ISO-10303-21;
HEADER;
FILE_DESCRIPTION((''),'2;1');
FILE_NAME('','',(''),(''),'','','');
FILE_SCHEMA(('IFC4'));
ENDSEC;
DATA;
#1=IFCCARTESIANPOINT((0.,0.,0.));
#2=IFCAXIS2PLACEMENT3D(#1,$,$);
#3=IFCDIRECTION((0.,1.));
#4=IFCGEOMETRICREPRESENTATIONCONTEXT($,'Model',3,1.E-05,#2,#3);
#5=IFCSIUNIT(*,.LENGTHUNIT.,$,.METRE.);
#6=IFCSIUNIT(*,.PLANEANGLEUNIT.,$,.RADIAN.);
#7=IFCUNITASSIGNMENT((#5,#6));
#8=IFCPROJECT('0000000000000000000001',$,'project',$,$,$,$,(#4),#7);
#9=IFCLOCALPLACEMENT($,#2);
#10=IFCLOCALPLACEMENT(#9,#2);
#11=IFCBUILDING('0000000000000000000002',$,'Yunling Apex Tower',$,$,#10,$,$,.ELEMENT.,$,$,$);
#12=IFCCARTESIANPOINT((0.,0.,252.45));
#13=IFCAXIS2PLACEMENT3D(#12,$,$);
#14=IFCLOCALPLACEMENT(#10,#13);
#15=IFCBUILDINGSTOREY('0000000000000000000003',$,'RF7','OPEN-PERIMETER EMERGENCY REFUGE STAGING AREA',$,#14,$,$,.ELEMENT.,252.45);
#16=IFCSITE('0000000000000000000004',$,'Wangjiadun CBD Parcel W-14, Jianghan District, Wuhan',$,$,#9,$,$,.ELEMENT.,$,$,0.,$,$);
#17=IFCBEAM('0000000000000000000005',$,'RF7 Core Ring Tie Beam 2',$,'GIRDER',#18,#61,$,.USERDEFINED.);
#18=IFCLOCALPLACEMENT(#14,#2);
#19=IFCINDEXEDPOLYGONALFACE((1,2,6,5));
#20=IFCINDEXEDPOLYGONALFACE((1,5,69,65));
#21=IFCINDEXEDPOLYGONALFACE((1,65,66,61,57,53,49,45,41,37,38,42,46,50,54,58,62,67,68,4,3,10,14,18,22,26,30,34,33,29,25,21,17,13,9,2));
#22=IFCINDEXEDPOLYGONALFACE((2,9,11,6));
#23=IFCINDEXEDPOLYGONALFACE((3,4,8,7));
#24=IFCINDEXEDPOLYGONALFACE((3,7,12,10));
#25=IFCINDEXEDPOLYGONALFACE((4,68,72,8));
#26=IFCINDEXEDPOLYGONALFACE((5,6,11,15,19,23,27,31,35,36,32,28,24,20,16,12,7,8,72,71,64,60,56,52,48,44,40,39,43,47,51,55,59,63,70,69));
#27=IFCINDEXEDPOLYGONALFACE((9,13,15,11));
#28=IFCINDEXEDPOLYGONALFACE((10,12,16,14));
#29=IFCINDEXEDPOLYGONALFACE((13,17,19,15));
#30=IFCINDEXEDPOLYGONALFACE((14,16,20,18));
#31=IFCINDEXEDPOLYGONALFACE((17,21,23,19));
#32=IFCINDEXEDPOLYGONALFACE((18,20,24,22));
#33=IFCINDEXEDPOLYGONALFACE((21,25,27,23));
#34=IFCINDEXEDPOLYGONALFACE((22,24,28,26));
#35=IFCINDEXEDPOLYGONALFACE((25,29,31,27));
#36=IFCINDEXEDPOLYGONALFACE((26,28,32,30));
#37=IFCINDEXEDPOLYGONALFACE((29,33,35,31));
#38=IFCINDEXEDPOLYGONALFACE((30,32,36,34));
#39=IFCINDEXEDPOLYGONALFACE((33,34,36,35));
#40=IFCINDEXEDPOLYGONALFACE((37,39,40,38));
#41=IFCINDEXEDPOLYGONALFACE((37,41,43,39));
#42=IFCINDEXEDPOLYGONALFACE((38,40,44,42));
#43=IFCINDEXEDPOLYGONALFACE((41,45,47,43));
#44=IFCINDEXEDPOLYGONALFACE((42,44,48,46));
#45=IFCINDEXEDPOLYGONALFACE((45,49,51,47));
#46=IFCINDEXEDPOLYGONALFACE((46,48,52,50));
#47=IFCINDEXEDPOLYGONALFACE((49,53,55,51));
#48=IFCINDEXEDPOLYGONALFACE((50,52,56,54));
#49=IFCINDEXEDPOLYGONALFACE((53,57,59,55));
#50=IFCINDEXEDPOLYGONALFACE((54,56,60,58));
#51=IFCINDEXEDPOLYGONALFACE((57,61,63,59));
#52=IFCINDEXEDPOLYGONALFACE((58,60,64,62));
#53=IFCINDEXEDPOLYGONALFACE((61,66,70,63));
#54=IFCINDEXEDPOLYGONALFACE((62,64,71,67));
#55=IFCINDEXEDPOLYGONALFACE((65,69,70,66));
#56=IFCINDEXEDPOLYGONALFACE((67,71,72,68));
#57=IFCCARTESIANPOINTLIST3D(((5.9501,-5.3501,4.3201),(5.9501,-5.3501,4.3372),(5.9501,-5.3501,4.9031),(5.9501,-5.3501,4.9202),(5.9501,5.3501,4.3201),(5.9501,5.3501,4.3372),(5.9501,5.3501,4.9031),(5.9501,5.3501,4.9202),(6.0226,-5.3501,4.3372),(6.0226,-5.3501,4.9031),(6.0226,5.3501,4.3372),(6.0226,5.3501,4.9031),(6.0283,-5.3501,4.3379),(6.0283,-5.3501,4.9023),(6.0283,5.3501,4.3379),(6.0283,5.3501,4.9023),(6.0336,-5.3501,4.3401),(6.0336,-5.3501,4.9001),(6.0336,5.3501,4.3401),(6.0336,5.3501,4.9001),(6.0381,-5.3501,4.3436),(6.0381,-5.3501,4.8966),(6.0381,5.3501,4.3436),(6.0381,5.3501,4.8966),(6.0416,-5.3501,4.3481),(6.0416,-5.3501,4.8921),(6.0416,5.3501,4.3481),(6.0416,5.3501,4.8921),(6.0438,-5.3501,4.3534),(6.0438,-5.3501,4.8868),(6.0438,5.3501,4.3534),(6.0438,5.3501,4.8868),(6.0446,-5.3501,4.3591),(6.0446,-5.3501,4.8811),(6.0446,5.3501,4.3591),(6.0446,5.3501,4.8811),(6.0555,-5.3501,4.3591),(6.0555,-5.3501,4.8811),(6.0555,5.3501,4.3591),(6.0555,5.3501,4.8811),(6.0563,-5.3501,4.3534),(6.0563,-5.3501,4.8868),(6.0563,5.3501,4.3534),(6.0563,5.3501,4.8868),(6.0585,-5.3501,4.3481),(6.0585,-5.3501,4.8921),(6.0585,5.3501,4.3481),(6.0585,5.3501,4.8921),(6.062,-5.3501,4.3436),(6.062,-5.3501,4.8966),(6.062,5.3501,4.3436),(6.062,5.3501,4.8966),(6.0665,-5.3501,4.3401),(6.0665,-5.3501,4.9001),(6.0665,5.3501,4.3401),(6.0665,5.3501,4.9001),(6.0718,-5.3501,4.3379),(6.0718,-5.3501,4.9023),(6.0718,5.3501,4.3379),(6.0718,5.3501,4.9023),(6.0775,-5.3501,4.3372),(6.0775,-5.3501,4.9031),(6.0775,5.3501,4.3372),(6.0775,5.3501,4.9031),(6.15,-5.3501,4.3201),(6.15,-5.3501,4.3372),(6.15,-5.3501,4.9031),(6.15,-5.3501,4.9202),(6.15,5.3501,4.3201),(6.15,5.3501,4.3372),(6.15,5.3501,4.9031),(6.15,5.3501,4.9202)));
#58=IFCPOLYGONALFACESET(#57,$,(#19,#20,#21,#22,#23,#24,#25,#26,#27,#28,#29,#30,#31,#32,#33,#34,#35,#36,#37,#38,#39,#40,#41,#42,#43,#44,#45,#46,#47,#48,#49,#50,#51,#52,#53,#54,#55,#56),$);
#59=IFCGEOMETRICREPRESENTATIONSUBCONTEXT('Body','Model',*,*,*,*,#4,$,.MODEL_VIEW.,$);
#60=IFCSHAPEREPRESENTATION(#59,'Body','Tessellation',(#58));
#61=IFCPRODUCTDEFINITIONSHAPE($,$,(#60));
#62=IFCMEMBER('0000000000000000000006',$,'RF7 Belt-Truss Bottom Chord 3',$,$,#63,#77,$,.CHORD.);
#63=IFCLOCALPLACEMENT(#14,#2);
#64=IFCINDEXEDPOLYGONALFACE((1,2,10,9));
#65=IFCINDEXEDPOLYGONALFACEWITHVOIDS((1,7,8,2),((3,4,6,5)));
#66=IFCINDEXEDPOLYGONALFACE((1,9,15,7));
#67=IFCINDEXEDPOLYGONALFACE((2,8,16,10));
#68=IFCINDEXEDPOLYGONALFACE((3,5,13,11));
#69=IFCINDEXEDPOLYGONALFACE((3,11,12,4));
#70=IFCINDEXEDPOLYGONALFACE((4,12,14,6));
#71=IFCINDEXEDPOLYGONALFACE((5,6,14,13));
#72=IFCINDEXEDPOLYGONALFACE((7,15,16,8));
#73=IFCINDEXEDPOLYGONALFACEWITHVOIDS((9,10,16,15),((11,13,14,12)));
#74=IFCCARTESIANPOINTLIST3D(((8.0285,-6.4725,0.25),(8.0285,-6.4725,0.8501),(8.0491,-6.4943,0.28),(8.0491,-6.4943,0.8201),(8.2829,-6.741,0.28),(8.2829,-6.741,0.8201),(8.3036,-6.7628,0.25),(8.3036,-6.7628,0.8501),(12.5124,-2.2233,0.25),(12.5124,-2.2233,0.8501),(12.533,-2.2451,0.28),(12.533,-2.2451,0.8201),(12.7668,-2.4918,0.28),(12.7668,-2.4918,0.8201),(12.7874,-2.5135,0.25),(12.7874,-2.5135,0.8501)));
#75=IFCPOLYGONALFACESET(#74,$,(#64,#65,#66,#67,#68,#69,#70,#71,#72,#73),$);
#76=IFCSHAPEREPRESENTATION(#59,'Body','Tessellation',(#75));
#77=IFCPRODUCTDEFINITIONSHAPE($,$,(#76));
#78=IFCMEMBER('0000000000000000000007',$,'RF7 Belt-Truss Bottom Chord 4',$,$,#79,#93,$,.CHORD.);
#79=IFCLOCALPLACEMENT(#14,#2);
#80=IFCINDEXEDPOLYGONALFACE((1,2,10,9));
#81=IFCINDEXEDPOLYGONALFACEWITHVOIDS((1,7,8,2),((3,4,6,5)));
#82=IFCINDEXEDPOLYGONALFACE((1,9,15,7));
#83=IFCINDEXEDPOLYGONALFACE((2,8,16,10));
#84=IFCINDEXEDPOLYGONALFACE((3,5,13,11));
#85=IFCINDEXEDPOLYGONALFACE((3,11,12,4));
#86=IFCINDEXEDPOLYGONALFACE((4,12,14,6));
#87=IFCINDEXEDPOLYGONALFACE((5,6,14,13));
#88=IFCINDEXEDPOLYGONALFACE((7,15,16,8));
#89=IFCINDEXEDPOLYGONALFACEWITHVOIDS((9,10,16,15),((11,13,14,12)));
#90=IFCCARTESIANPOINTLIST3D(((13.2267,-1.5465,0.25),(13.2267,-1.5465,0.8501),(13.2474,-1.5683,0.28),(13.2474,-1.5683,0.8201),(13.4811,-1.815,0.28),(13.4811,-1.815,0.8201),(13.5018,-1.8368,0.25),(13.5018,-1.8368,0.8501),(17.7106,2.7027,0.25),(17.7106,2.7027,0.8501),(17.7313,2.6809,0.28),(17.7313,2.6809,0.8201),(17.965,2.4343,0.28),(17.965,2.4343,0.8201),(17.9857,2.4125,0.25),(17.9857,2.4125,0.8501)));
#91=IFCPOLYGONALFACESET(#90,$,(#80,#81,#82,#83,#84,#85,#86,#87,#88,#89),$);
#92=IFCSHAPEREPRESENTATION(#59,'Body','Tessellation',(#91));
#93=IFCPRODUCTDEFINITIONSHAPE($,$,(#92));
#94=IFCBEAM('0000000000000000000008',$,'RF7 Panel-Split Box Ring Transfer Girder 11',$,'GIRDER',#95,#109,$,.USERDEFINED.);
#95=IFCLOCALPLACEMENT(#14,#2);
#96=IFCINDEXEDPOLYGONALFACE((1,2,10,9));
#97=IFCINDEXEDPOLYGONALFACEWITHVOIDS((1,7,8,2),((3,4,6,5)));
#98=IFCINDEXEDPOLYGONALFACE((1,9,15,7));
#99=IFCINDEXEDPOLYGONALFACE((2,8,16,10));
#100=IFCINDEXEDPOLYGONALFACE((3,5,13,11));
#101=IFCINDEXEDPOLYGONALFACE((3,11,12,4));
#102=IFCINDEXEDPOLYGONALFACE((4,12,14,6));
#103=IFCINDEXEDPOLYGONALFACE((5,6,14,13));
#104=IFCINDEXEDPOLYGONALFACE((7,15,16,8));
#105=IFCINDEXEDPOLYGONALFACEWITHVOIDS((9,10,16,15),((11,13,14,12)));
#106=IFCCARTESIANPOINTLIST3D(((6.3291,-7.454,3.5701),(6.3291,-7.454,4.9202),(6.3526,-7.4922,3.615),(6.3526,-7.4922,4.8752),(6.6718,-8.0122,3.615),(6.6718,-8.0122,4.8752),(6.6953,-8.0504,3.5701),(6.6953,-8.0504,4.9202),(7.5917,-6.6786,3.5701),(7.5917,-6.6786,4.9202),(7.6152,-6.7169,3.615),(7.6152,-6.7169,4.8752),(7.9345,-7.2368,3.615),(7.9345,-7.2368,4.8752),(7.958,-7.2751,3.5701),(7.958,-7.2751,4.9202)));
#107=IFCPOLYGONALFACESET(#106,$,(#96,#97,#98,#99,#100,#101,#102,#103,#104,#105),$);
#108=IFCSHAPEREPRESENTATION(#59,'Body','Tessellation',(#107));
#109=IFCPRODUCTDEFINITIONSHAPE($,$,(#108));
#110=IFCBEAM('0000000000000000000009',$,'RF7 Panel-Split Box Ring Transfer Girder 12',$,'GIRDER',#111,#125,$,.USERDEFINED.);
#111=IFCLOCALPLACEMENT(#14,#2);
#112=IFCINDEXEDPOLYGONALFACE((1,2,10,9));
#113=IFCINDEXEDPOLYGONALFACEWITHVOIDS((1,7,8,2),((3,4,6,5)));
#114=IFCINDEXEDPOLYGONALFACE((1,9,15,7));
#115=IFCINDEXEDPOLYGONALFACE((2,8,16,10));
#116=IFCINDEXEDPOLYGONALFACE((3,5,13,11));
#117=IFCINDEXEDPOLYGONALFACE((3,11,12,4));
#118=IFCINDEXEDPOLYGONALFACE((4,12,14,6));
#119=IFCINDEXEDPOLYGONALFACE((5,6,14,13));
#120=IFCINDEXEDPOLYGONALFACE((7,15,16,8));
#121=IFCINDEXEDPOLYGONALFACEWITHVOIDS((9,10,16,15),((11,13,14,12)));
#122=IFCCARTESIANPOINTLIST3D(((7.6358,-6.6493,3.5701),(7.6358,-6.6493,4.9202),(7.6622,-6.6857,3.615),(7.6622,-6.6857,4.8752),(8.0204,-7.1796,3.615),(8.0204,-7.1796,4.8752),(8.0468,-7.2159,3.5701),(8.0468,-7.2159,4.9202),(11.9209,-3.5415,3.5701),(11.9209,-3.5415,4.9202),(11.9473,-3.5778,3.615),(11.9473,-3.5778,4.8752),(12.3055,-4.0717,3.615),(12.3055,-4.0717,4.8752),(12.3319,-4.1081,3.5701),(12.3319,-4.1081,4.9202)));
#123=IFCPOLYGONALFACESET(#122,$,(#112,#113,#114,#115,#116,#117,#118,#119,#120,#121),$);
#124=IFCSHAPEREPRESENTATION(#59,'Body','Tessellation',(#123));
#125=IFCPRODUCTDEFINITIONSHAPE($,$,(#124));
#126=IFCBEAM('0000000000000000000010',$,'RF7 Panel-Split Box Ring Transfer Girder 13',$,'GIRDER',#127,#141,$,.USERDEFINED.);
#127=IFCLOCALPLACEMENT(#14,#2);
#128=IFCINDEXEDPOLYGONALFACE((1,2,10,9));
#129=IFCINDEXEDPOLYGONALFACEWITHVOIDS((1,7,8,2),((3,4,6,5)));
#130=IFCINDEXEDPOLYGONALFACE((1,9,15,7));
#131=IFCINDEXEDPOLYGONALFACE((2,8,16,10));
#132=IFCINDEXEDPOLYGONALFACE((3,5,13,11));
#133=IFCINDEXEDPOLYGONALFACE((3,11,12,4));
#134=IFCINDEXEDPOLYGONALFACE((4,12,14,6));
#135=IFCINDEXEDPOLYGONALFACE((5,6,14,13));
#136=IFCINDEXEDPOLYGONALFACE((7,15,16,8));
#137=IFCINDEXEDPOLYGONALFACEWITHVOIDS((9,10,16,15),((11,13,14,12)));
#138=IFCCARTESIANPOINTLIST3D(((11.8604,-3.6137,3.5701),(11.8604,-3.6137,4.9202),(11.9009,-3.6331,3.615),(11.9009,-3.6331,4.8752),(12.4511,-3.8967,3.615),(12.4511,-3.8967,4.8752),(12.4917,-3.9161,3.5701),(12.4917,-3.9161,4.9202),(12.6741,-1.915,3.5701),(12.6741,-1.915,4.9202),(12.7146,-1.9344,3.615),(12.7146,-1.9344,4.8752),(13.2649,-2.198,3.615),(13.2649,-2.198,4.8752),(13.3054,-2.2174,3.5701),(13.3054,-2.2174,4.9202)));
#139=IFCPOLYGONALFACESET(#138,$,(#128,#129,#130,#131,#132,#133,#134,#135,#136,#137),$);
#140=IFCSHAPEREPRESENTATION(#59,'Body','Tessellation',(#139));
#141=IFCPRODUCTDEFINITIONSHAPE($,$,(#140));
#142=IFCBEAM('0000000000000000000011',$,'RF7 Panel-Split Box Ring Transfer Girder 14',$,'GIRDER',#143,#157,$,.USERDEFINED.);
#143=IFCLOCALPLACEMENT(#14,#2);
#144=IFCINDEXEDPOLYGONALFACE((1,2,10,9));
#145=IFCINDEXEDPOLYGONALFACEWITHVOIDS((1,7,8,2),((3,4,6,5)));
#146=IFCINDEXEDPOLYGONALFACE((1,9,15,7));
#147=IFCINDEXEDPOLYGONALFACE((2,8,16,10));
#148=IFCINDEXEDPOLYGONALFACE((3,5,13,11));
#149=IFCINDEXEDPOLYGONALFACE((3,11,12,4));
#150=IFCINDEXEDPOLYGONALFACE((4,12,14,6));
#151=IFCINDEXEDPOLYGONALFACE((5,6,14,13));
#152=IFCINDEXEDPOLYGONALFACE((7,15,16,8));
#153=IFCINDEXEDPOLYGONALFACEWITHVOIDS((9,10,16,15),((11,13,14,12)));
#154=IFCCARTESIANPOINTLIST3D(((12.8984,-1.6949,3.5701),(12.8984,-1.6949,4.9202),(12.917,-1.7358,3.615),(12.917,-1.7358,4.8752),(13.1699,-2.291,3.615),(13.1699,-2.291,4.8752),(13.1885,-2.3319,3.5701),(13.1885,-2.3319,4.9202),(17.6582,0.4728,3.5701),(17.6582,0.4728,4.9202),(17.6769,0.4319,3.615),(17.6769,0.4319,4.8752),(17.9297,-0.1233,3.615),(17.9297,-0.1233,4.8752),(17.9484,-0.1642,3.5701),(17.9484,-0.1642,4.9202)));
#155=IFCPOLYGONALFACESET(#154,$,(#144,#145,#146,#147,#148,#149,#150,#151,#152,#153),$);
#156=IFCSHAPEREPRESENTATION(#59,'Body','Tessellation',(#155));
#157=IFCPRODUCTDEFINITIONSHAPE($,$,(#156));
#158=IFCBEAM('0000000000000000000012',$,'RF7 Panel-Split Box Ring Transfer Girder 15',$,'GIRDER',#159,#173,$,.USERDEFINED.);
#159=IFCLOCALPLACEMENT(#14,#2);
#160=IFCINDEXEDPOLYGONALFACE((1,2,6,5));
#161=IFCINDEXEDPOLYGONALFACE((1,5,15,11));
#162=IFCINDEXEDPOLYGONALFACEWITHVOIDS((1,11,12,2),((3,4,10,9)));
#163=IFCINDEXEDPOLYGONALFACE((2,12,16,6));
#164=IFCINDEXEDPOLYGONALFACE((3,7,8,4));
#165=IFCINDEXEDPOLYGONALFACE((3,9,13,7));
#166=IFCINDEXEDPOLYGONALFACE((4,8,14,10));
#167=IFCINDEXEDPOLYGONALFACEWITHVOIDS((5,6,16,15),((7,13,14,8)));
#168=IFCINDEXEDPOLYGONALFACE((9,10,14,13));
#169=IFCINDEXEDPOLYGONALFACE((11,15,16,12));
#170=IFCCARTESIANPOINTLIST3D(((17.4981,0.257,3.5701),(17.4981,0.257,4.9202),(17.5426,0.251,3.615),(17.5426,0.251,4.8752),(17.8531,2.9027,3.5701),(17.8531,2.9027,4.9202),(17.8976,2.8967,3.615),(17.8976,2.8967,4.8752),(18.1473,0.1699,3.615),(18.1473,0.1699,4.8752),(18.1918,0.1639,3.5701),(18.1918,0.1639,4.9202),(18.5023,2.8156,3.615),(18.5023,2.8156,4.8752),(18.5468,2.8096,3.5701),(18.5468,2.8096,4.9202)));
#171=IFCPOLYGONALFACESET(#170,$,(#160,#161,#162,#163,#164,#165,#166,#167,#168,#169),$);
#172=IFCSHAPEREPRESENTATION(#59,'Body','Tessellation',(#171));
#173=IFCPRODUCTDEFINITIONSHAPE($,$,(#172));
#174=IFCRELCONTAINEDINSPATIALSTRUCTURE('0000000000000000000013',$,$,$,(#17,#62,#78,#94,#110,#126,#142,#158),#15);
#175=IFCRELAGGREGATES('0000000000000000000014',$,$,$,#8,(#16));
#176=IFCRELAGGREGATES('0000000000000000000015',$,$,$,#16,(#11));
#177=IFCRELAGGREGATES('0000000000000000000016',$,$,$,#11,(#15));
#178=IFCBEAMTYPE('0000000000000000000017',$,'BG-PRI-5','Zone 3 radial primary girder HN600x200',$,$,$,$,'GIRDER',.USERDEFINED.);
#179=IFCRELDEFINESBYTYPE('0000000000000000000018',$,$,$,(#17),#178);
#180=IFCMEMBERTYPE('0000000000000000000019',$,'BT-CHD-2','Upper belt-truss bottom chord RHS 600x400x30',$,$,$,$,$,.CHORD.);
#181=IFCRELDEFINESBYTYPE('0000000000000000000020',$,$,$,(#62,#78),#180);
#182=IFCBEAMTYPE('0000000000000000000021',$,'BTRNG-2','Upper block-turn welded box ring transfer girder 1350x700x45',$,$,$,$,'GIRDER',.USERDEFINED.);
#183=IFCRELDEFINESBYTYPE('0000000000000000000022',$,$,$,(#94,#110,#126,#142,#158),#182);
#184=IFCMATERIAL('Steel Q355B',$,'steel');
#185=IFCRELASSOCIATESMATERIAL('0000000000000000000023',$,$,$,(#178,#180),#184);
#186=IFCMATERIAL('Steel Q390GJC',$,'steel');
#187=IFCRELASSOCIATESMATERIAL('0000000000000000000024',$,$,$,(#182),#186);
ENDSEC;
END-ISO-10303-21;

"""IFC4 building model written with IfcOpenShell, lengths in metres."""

from ifc_helpers import new_model, si_unit, direction, frame, origin, origin_2d, place, context, subcontext, project, spatial, hollow_rectangle, i_section, extrude, source, transform, mapped, material, material_profile, profile_set, type_object, element, save


model = new_model("IFC4")

# Units and contexts
model_context = context("Model", 3, precision=1e-05, world=origin(), true_north=direction((0.0, 1.0)))
body_context = subcontext(model_context, "Body", "Model", "MODEL_VIEW")
ifc_project = project(units=[si_unit("LENGTHUNIT", "METRE"), si_unit("PLANEANGLEUNIT", "RADIAN")], contexts=[model_context])

# Site, building, storey
site_placement = place(None, origin())
site = spatial("IfcSite", under=ifc_project, at=site_placement, Name="Wangjiadun CBD Parcel W-14, Jianghan District, Wuhan", CompositionType="ELEMENT", RefElevation=0.0)
building_placement = place(site_placement, origin())
building = spatial("IfcBuilding", under=site, at=building_placement, Name="Yunling Apex Tower", CompositionType="ELEMENT")
storey_placement = place(building_placement, frame((0.0, 0.0, 252.45)))
storey = spatial("IfcBuildingStorey", under=building, at=storey_placement, Name="RF7", Description="OPEN-PERIMETER EMERGENCY REFUGE STAGING AREA", CompositionType="ELEMENT", Elevation=252.45)

# Shared definitions
ifc_material_1 = material(Name="Steel Q390GJC", Category="steel")

# Beam
ifc_material_2 = material(Name="Steel Q355B", Category="steel")
ifc_material_profile_1 = material_profile(ifc_material_2, i_section(OverallWidth=0.2, OverallDepth=0.6001, WebThickness=0.011, FlangeThickness=0.0171, FilletRadius=0.022, at=origin_2d()))
ifc_profile_set_1 = profile_set([ifc_material_profile_1], Name="Steel Q355B")
beam_type_1 = type_object("IfcBeamType", Name="BG-PRI-5", Description="Zone 3 radial primary girder HN600x200", ElementType="GIRDER", PredefinedType="USERDEFINED", material=ifc_profile_set_1)
shared_shape_1 = source(origin(), body_context, "Body", "SweptSolid", [
    extrude(i_section(OverallWidth=0.2, OverallDepth=0.6001, WebThickness=0.011, FlangeThickness=0.0171, FilletRadius=0.022, at=origin_2d()), origin(), (0.0, 0.0, 1.0), 10.7002),
])
beam_1_placement = place(storey_placement, frame((6.05, -5.3501, 4.6201), z_axis=(0.0, 1.0, 0.0), x_axis=(-1.0, 0.0, 0.0)))
element("IfcBeam", 1, at=beam_1_placement, inside=storey, type_object=beam_type_1, Name="RF7 Core Ring Tie Beam 2", ObjectType="GIRDER", PredefinedType="USERDEFINED", context=body_context, shape_type="MappedRepresentation", body=[
    mapped(shared_shape_1, transform((0.0, 0.0, 0.0), scale=1.0)),
])

# Members
ifc_material_profile_2 = material_profile(ifc_material_2, hollow_rectangle(XDim=0.3999, YDim=0.6001, WallThickness=0.03, at=origin_2d()))
ifc_profile_set_2 = profile_set([ifc_material_profile_2], Name="Steel Q355B")
member_type_1 = type_object("IfcMemberType", Name="BT-CHD-2", Description="Upper belt-truss bottom chord RHS 600x400x30", PredefinedType="CHORD", material=ifc_profile_set_2)
shared_shape_2 = source(origin(), body_context, "Body", "SweptSolid", [
    extrude(hollow_rectangle(XDim=0.3999, YDim=0.6001, WallThickness=0.03, at=origin_2d()), origin(), (0.0, 0.0, 1.0), 6.1775),
])
for number, where, z_axis, x_axis, name in (
    (2, (8.166, -6.6177, 0.55), (0.725842, 0.687862, 0.0), (-0.687862, 0.725842, 0.0), "RF7 Belt-Truss Bottom Chord 3"),
    (3, (13.3643, -1.6917, 0.55), (0.725842, 0.687862, 0.0), (-0.687862, 0.725842, 0.0), "RF7 Belt-Truss Bottom Chord 4"),
):
    element("IfcMember", number, at=place(storey_placement, frame(where, z_axis=z_axis, x_axis=x_axis)), inside=storey, type_object=member_type_1, Name=name, PredefinedType="CHORD", context=body_context, shape_type="MappedRepresentation", body=[
        mapped(shared_shape_2, transform((0.0, 0.0, 0.0), scale=1.0)),
    ])

# Beams
ifc_material_profile_3 = material_profile(ifc_material_1, hollow_rectangle(XDim=0.7, YDim=1.3501, WallThickness=0.0449, at=origin_2d()))
ifc_profile_set_3 = profile_set([ifc_material_profile_3], Name="Steel Q390GJC")
beam_type_2 = type_object("IfcBeamType", Name="BTRNG-2", Description="Upper block-turn welded box ring transfer girder 1350x700x45", ElementType="GIRDER", PredefinedType="USERDEFINED", material=ifc_profile_set_3)
shared_shape_3 = source(origin(), body_context, "Body", "SweptSolid", [
    extrude(hollow_rectangle(XDim=0.7, YDim=1.3501, WallThickness=0.0449, at=origin_2d()), origin(), (0.0, 0.0, 1.0), 1.4817),
])
beam_2_placement = place(storey_placement, frame((6.5122, -7.7522, 4.2451), z_axis=(0.852156, 0.523288, 0.0), x_axis=(-0.523288, 0.852156, 0.0)))
element("IfcBeam", 4, at=beam_2_placement, inside=storey, type_object=beam_type_2, Name="RF7 Panel-Split Box Ring Transfer Girder 11", ObjectType="GIRDER", PredefinedType="USERDEFINED", context=body_context, shape_type="MappedRepresentation", body=[
    mapped(shared_shape_3, transform((0.0, 0.0, 0.0), scale=1.0)),
])
shared_shape_4 = source(origin(), body_context, "Body", "SweptSolid", [
    extrude(hollow_rectangle(XDim=0.7, YDim=1.3501, WallThickness=0.0449, at=origin_2d()), origin(), (0.0, 0.0, 1.0), 5.2935),
])
beam_3_placement = place(storey_placement, frame((7.8413, -6.9326, 4.2451), z_axis=(0.809505, 0.587113, 0.0), x_axis=(-0.587113, 0.809505, 0.0)))
element("IfcBeam", 5, at=beam_3_placement, inside=storey, type_object=beam_type_2, Name="RF7 Panel-Split Box Ring Transfer Girder 12", ObjectType="GIRDER", PredefinedType="USERDEFINED", context=body_context, shape_type="MappedRepresentation", body=[
    mapped(shared_shape_4, transform((0.0, 0.0, 0.0), scale=1.0)),
])
shared_shape_5 = source(origin(), body_context, "Body", "SweptSolid", [
    extrude(hollow_rectangle(XDim=0.7, YDim=1.3501, WallThickness=0.0449, at=origin_2d()), origin(), (0.0, 0.0, 1.0), 1.8835),
])
beam_4_placement = place(storey_placement, frame((12.176, -3.7649, 4.2451), z_axis=(0.43201, 0.901869, 0.0), x_axis=(-0.901869, 0.43201, 0.0)))
element("IfcBeam", 6, at=beam_4_placement, inside=storey, type_object=beam_type_2, Name="RF7 Panel-Split Box Ring Transfer Girder 13", ObjectType="GIRDER", PredefinedType="USERDEFINED", context=body_context, shape_type="MappedRepresentation", body=[
    mapped(shared_shape_5, transform((0.0, 0.0, 0.0), scale=1.0)),
])
shared_shape_6 = source(origin(), body_context, "Body", "SweptSolid", [
    extrude(hollow_rectangle(XDim=0.7, YDim=1.3501, WallThickness=0.0449, at=origin_2d()), origin(), (0.0, 0.0, 1.0), 5.2302),
])
beam_5_placement = place(storey_placement, frame((13.0435, -2.0134, 4.2451), z_axis=(0.910064, 0.414468, 0.0), x_axis=(-0.414468, 0.910064, 0.0)))
element("IfcBeam", 7, at=beam_5_placement, inside=storey, type_object=beam_type_2, Name="RF7 Panel-Split Box Ring Transfer Girder 14", ObjectType="GIRDER", PredefinedType="USERDEFINED", context=body_context, shape_type="MappedRepresentation", body=[
    mapped(shared_shape_6, transform((0.0, 0.0, 0.0), scale=1.0)),
])
shared_shape_7 = source(origin(), body_context, "Body", "SweptSolid", [
    extrude(hollow_rectangle(XDim=0.7, YDim=1.3501, WallThickness=0.0449, at=origin_2d()), origin(), (0.0, 0.0, 1.0), 2.6694),
])
beam_6_placement = place(storey_placement, frame((17.845, 0.2104, 4.2451), z_axis=(0.132978, 0.991119, 0.0), x_axis=(-0.991119, 0.132978, 0.0)))
element("IfcBeam", 8, at=beam_6_placement, inside=storey, type_object=beam_type_2, Name="RF7 Panel-Split Box Ring Transfer Girder 15", ObjectType="GIRDER", PredefinedType="USERDEFINED", context=body_context, shape_type="MappedRepresentation", body=[
    mapped(shared_shape_7, transform((0.0, 0.0, 0.0), scale=1.0)),
])

save(model, "model.ifc")
